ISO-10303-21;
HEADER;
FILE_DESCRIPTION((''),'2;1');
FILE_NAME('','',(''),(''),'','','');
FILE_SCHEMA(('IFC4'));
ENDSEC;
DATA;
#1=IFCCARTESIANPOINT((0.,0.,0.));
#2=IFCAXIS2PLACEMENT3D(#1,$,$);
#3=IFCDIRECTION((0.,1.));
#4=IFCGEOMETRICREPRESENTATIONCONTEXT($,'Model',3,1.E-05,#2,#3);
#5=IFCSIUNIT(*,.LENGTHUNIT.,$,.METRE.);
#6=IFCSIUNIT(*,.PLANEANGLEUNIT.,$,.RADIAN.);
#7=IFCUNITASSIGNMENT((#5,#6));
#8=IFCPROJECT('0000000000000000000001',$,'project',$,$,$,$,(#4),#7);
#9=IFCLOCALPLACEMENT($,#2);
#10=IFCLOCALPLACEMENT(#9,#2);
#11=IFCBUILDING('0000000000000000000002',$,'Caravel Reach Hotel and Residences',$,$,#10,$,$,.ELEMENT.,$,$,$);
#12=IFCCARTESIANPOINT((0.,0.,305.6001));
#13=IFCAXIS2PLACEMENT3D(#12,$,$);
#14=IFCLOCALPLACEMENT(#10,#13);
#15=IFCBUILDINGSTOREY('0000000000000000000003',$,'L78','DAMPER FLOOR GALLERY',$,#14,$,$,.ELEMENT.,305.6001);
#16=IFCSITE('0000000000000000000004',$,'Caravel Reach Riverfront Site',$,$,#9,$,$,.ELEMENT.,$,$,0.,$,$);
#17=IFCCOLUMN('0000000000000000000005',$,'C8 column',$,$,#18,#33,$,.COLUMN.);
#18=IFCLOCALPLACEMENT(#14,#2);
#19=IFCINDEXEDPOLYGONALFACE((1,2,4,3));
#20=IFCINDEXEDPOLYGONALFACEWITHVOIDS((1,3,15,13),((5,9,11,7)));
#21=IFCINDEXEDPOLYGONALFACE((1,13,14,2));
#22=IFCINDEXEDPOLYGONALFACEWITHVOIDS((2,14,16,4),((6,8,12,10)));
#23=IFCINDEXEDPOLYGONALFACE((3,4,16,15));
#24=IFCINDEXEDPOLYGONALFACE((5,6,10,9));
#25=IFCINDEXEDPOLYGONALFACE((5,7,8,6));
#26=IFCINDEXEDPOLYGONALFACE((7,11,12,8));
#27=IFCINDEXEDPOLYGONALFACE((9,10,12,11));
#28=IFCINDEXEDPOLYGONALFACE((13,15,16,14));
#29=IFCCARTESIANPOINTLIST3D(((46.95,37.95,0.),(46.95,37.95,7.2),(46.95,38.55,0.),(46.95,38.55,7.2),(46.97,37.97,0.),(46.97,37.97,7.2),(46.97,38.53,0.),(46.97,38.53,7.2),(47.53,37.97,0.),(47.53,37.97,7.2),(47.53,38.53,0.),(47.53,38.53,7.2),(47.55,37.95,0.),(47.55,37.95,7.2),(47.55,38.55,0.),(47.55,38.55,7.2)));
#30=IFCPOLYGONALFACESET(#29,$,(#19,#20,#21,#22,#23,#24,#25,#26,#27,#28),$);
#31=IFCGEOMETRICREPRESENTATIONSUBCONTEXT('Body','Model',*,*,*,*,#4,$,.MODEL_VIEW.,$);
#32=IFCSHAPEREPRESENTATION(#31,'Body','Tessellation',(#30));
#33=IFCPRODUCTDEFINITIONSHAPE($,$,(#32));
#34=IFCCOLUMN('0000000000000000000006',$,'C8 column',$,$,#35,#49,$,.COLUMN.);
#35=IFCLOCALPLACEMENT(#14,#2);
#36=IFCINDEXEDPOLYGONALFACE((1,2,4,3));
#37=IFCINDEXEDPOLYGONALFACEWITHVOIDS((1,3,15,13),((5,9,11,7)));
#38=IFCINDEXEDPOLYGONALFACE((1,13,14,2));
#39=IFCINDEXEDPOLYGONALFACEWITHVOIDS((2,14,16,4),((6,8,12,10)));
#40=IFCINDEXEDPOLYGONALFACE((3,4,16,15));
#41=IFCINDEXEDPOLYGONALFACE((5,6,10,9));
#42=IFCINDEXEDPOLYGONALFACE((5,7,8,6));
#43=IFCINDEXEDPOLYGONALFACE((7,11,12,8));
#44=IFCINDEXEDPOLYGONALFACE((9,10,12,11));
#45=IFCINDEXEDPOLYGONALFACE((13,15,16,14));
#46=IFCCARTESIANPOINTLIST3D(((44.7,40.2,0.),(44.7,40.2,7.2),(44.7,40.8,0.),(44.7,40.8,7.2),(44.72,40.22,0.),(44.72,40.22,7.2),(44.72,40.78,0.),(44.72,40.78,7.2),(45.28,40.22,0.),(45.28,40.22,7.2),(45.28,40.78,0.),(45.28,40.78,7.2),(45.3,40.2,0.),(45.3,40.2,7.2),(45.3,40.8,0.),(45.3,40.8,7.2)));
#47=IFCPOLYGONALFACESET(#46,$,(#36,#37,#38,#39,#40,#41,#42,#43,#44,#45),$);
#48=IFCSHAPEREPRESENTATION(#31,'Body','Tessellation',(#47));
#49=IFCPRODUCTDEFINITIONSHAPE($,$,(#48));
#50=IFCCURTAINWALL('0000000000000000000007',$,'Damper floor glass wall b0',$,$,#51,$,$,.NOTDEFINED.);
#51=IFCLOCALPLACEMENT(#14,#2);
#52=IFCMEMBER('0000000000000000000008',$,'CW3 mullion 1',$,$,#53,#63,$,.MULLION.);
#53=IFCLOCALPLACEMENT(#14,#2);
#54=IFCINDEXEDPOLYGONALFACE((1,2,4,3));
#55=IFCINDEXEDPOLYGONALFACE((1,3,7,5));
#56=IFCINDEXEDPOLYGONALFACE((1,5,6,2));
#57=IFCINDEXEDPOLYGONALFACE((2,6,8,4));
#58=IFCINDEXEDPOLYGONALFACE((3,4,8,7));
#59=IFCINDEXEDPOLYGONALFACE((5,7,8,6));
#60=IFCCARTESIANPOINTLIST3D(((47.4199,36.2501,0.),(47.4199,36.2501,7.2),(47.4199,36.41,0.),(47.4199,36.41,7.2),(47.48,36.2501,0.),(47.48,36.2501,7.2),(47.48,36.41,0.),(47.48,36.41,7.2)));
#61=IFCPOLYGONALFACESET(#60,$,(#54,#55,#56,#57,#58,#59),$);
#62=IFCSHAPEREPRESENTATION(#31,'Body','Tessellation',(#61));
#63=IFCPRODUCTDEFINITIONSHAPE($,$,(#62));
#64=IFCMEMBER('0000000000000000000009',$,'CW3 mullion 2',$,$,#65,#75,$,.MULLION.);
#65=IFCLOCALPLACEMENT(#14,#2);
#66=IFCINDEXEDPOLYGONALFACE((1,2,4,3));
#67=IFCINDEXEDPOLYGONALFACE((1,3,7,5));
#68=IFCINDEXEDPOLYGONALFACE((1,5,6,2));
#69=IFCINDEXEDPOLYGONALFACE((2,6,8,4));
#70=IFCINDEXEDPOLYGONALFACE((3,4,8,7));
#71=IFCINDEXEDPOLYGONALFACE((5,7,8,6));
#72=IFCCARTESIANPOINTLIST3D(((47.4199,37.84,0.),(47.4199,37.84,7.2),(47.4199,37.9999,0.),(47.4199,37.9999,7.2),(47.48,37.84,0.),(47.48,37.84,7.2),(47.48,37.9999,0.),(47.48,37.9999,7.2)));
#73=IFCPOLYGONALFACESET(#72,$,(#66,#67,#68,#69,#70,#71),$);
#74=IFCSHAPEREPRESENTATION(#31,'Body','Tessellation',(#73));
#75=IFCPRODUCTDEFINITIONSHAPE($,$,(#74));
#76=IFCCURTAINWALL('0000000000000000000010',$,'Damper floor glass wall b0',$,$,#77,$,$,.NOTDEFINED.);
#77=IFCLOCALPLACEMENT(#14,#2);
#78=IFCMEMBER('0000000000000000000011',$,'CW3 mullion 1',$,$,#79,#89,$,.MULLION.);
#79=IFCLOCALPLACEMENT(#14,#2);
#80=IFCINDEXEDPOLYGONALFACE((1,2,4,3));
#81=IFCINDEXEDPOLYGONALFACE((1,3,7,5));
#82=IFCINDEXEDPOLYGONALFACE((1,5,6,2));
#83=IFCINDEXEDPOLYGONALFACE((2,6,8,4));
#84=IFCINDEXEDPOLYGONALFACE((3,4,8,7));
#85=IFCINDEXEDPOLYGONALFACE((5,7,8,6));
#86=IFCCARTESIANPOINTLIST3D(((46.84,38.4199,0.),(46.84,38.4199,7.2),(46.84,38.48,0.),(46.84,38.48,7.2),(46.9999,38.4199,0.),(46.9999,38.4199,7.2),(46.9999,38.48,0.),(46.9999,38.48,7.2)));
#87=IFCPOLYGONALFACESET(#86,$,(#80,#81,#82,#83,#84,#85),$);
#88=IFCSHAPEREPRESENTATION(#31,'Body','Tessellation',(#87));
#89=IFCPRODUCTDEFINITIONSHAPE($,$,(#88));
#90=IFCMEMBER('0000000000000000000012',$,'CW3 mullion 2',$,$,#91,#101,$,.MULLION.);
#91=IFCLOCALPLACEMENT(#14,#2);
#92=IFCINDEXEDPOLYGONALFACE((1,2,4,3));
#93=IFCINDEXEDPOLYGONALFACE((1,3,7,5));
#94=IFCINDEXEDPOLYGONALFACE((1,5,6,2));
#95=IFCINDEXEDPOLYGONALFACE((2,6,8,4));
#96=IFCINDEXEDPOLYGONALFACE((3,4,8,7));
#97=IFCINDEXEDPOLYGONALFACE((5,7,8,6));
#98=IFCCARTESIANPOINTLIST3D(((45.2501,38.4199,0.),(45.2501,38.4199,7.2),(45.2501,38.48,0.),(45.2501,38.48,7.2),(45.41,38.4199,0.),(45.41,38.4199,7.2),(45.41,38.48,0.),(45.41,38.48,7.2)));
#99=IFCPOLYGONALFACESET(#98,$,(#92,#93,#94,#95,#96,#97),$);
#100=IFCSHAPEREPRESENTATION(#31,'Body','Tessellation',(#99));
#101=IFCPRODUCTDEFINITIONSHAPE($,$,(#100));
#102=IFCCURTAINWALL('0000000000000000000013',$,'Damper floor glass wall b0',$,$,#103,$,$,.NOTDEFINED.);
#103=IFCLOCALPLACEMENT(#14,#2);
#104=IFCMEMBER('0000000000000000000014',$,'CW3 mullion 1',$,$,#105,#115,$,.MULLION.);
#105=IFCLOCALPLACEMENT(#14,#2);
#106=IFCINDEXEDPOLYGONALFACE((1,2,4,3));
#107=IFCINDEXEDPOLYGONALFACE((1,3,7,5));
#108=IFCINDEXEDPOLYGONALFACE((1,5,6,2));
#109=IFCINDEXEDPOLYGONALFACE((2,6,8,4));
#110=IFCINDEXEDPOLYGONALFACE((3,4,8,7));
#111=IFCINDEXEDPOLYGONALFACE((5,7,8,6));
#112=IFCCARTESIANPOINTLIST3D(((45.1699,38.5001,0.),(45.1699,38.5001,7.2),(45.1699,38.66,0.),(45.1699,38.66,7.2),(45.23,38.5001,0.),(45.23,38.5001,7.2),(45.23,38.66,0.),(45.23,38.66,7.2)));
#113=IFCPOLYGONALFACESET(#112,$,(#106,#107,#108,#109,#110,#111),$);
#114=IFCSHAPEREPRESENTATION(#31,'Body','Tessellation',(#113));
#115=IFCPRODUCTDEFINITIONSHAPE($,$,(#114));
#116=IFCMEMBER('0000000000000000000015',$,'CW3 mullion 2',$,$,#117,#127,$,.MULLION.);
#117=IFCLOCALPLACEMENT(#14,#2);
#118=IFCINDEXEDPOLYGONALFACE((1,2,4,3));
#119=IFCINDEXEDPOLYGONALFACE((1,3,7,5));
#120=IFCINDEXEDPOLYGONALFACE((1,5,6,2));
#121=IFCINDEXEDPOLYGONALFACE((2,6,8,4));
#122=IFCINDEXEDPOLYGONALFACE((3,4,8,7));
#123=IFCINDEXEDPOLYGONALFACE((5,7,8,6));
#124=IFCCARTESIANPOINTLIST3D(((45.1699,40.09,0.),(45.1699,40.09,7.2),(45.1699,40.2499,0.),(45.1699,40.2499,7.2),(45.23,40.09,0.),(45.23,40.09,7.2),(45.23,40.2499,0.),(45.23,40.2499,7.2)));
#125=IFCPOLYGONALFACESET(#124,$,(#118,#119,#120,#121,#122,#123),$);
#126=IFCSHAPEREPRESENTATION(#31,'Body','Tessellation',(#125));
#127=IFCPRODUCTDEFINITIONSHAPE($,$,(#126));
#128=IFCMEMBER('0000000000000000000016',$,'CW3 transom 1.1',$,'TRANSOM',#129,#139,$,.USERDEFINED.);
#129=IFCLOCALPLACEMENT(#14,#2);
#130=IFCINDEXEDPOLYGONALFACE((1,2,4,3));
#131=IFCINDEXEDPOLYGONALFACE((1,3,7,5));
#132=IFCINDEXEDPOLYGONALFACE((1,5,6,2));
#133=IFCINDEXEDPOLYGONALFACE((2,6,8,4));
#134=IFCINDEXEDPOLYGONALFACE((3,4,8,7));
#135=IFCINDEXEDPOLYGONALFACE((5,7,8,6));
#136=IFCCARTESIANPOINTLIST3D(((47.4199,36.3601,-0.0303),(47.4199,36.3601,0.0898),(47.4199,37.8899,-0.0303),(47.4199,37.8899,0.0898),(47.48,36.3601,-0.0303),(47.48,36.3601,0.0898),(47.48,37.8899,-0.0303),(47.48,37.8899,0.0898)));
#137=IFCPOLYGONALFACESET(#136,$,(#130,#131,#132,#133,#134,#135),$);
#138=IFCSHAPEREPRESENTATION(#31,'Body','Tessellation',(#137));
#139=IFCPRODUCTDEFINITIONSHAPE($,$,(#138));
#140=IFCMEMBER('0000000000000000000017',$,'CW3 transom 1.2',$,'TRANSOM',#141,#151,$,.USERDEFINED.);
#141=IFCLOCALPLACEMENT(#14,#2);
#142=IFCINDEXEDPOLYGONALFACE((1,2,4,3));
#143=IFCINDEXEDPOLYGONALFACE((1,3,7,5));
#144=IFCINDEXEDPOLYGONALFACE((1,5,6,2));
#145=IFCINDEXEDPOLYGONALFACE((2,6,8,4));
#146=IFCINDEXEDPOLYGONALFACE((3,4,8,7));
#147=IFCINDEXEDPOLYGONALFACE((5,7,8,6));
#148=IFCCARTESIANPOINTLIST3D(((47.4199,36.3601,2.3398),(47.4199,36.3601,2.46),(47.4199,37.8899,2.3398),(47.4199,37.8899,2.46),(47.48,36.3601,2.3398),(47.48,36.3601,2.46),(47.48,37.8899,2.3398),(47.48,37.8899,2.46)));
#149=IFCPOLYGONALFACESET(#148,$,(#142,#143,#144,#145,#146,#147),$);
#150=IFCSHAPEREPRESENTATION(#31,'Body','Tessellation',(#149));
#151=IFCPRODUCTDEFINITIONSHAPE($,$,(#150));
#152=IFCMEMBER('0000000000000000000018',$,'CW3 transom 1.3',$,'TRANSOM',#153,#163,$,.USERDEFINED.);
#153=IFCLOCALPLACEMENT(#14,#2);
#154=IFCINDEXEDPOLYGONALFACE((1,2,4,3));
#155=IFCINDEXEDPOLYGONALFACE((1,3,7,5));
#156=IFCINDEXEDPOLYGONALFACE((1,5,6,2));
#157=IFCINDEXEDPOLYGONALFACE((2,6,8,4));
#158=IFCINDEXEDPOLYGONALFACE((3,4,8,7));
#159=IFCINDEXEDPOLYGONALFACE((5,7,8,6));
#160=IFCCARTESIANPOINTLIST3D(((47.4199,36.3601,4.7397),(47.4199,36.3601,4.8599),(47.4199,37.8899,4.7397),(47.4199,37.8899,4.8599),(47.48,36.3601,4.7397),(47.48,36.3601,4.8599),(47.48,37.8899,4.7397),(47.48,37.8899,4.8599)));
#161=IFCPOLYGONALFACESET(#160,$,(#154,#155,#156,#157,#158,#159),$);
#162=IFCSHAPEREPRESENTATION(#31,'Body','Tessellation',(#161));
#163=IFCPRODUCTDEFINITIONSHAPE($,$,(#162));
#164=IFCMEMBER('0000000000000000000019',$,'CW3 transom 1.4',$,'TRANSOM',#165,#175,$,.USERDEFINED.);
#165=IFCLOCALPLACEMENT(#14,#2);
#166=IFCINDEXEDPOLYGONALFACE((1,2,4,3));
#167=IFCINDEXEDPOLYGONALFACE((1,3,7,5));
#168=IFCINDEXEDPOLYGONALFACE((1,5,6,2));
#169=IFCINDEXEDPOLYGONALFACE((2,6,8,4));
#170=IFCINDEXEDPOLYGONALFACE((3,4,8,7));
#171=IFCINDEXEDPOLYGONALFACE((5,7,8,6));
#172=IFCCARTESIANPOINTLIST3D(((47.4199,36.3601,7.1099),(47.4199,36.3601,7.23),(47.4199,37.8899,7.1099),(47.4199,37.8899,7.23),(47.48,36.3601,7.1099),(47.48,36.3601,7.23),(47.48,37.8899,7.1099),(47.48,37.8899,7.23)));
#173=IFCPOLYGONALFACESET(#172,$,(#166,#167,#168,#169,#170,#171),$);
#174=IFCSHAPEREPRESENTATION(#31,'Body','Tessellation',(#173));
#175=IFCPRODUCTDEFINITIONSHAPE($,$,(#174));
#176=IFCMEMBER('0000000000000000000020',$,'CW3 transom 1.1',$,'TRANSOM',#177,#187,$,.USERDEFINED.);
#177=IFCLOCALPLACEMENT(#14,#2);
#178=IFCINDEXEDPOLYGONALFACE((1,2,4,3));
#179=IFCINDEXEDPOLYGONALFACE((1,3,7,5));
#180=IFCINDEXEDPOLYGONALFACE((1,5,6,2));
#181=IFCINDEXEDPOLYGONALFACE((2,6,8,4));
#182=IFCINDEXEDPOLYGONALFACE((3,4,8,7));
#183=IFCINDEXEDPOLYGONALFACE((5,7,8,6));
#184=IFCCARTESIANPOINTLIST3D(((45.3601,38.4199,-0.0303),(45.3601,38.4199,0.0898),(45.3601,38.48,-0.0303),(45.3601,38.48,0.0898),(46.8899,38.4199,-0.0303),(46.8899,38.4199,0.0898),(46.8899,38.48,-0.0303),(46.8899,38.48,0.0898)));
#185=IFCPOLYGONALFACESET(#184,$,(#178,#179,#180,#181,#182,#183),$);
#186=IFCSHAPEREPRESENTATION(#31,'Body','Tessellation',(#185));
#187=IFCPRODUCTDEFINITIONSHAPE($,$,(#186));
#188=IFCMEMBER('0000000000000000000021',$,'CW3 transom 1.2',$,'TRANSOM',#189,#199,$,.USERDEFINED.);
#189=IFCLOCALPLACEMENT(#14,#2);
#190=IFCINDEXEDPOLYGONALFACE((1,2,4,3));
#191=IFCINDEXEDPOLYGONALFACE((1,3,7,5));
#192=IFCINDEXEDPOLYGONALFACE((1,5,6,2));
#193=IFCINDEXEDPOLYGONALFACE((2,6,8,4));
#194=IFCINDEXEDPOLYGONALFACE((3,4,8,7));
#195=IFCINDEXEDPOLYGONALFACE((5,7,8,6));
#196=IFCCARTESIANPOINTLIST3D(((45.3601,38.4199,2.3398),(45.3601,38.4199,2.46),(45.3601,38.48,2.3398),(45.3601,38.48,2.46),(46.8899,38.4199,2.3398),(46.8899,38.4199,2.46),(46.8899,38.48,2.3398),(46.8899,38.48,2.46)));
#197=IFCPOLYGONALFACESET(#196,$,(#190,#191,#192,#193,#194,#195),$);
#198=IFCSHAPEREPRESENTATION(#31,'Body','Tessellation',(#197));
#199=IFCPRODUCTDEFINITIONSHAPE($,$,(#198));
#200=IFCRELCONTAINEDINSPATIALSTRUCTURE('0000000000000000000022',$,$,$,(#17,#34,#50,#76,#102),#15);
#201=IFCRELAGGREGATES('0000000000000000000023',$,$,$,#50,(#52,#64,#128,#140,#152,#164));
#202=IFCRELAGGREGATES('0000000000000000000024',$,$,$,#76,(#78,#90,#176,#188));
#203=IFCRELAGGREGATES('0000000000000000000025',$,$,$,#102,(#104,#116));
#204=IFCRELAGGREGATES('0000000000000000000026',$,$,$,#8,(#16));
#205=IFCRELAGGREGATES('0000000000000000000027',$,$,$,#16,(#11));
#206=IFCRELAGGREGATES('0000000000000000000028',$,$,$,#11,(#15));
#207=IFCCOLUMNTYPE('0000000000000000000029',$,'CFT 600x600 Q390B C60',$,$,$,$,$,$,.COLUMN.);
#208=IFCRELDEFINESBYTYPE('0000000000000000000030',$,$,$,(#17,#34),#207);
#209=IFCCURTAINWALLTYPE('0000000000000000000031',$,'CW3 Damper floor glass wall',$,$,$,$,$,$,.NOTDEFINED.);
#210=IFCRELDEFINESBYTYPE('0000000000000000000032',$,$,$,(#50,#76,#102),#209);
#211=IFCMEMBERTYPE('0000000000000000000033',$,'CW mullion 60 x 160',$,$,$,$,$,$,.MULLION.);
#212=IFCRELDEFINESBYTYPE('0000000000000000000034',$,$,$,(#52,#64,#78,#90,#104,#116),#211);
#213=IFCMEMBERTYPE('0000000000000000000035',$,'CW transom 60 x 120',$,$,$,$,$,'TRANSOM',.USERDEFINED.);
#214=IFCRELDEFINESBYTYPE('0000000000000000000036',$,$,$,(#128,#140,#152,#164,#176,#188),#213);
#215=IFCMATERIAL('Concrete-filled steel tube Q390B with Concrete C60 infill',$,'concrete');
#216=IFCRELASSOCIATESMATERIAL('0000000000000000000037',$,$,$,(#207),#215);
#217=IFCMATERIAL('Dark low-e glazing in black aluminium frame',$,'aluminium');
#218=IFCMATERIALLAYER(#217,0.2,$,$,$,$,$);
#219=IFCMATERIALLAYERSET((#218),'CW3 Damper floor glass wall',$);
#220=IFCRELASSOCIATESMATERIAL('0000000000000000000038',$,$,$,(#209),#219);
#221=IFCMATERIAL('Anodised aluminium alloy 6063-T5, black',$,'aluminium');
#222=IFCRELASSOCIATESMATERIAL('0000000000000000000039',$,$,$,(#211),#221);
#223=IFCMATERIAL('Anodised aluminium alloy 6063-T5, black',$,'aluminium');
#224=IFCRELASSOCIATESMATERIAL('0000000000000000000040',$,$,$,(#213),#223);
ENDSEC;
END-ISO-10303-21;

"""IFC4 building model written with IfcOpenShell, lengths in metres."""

from ifc_helpers import new_model, si_unit, direction, frame, origin, origin_2d, place, context, subcontext, project, spatial, rectangle, hollow_rectangle, extrude, material, layer, layer_set, material_profile, profile_set, type_object, element, aggregate, save


model = new_model("IFC4")

# Units and contexts
model_context = context("Model", 3, precision=1e-05, world=origin(), true_north=direction((0.0, 1.0)))
body_context = subcontext(model_context, "Body", "Model", "MODEL_VIEW")
ifc_project = project(units=[si_unit("LENGTHUNIT", "METRE"), si_unit("PLANEANGLEUNIT", "RADIAN")], contexts=[model_context])

# Site, building, storey
site_placement = place(None, origin())
site = spatial("IfcSite", under=ifc_project, at=site_placement, Name="Caravel Reach Riverfront Site", CompositionType="ELEMENT", RefElevation=0.0)
building_placement = place(site_placement, origin())
building = spatial("IfcBuilding", under=site, at=building_placement, Name="Caravel Reach Hotel and Residences", CompositionType="ELEMENT")
storey_placement = place(building_placement, frame((0.0, 0.0, 305.6001)))
storey = spatial("IfcBuildingStorey", under=building, at=storey_placement, Name="L78", Description="DAMPER FLOOR GALLERY", CompositionType="ELEMENT", Elevation=305.6001)

# Columns
ifc_material_1 = material(Name="Concrete-filled steel tube Q390B with Concrete C60 infill", Category="concrete")
ifc_material_profile_1 = material_profile(ifc_material_1, hollow_rectangle(XDim=0.6001, YDim=0.6001, WallThickness=0.02, at=origin_2d()), Name="RHS 600x600x20")
ifc_profile_set_1 = profile_set([ifc_material_profile_1], Name="Concrete-filled steel tube Q390B with Concrete C60 infill")
column_type = type_object("IfcColumnType", Name="CFT 600x600 Q390B C60", PredefinedType="COLUMN", material=ifc_profile_set_1)
for number, where, z_axis, x_axis, name in (
    (1, (47.25, 38.25, 0.0), (0.0, 0.0, 1.0), (1.0, 0.0, 0.0), "C8 column"),
    (2, (45.0, 40.5, 0.0), (0.0, 0.0, 1.0), (1.0, 0.0, 0.0), "C8 column"),
):
    element("IfcColumn", number, at=place(storey_placement, frame(where, z_axis=z_axis, x_axis=x_axis)), inside=storey, type_object=column_type, Name=name, PredefinedType="COLUMN", context=body_context, shape_type="SweptSolid", body=[
        extrude(hollow_rectangle(XDim=0.6001, YDim=0.6001, WallThickness=0.02, at=origin_2d()), origin(), (0.0, 0.0, 1.0), 7.2),
    ])

# Curtain walls, members
ifc_material_2 = material(Name="Dark low-e glazing in black aluminium frame", Category="aluminium")
ifc_layer_1 = layer(ifc_material_2, 0.2)
ifc_layer_set_1 = layer_set([ifc_layer_1], Name="CW3 Damper floor glass wall")
curtain_wall_type = type_object("IfcCurtainWallType", Name="CW3 Damper floor glass wall", PredefinedType="NOTDEFINED", material=ifc_layer_set_1)
curtain_wall_1_placement = place(storey_placement, origin())
curtain_wall_1 = element("IfcCurtainWall", 3, at=curtain_wall_1_placement, inside=storey, type_object=curtain_wall_type, Name="Damper floor glass wall b0", PredefinedType="NOTDEFINED")
ifc_material_3 = material(Name="Anodised aluminium alloy 6063-T5, black", Category="aluminium")
ifc_material_profile_2 = material_profile(ifc_material_3, rectangle(XDim=0.0601, YDim=0.1599, at=origin_2d()), Name="CW mullion 60 x 160")
ifc_profile_set_2 = profile_set([ifc_material_profile_2], Name="Anodised aluminium alloy 6063-T5, black")
member_type_1 = type_object("IfcMemberType", Name="CW mullion 60 x 160", PredefinedType="MULLION", material=ifc_profile_set_2)
member_1_placement = place(storey_placement, frame((47.45, 36.3301, 0.0), z_axis=(0.0, 0.0, 1.0), x_axis=(-1.0, 0.0, 0.0)))
member_1 = element("IfcMember", 4, at=member_1_placement, type_object=member_type_1, Name="CW3 mullion 1", PredefinedType="MULLION", context=body_context, shape_type="SweptSolid", body=[
    extrude(rectangle(XDim=0.0601, YDim=0.1599, at=origin_2d()), origin(), (0.0, 0.0, 1.0), 7.2),
])
member_2_placement = place(storey_placement, frame((47.45, 37.9199, 0.0), z_axis=(0.0, 0.0, 1.0), x_axis=(-1.0, 0.0, 0.0)))
member_2 = element("IfcMember", 5, at=member_2_placement, type_object=member_type_1, Name="CW3 mullion 2", PredefinedType="MULLION", context=body_context, shape_type="SweptSolid", body=[
    extrude(rectangle(XDim=0.0601, YDim=0.1599, at=origin_2d()), origin(), (0.0, 0.0, 1.0), 7.2),
])
curtain_wall_2_placement = place(storey_placement, origin())
curtain_wall_2 = element("IfcCurtainWall", 6, at=curtain_wall_2_placement, inside=storey, type_object=curtain_wall_type, Name="Damper floor glass wall b0", PredefinedType="NOTDEFINED")
member_3_placement = place(storey_placement, frame((46.9199, 38.45, 0.0), z_axis=(0.0, 0.0, 1.0), x_axis=(0.0, -1.0, 0.0)))
member_3 = element("IfcMember", 7, at=member_3_placement, type_object=member_type_1, Name="CW3 mullion 1", PredefinedType="MULLION", context=body_context, shape_type="SweptSolid", body=[
    extrude(rectangle(XDim=0.0601, YDim=0.1599, at=origin_2d()), origin(), (0.0, 0.0, 1.0), 7.2),
])
member_4_placement = place(storey_placement, frame((45.3301, 38.45, 0.0), z_axis=(0.0, 0.0, 1.0), x_axis=(0.0, -1.0, 0.0)))
member_4 = element("IfcMember", 8, at=member_4_placement, type_object=member_type_1, Name="CW3 mullion 2", PredefinedType="MULLION", context=body_context, shape_type="SweptSolid", body=[
    extrude(rectangle(XDim=0.0601, YDim=0.1599, at=origin_2d()), origin(), (0.0, 0.0, 1.0), 7.2),
])
curtain_wall_3_placement = place(storey_placement, origin())
curtain_wall_3 = element("IfcCurtainWall", 9, at=curtain_wall_3_placement, inside=storey, type_object=curtain_wall_type, Name="Damper floor glass wall b0", PredefinedType="NOTDEFINED")
member_5_placement = place(storey_placement, frame((45.2, 38.5801, 0.0), z_axis=(0.0, 0.0, 1.0), x_axis=(-1.0, 0.0, 0.0)))
member_5 = element("IfcMember", 10, at=member_5_placement, type_object=member_type_1, Name="CW3 mullion 1", PredefinedType="MULLION", context=body_context, shape_type="SweptSolid", body=[
    extrude(rectangle(XDim=0.0601, YDim=0.1599, at=origin_2d()), origin(), (0.0, 0.0, 1.0), 7.2),
])
member_6_placement = place(storey_placement, frame((45.2, 40.1699, 0.0), z_axis=(0.0, 0.0, 1.0), x_axis=(-1.0, 0.0, 0.0)))
member_6 = element("IfcMember", 11, at=member_6_placement, type_object=member_type_1, Name="CW3 mullion 2", PredefinedType="MULLION", context=body_context, shape_type="SweptSolid", body=[
    extrude(rectangle(XDim=0.0601, YDim=0.1599, at=origin_2d()), origin(), (0.0, 0.0, 1.0), 7.2),
])

# Members
ifc_material_4 = material(Name="Anodised aluminium alloy 6063-T5, black", Category="aluminium")
ifc_material_profile_3 = material_profile(ifc_material_4, rectangle(XDim=0.0601, YDim=0.1201, at=origin_2d()), Name="CW transom 60 x 120")
ifc_profile_set_3 = profile_set([ifc_material_profile_3], Name="Anodised aluminium alloy 6063-T5, black")
member_type_2 = type_object("IfcMemberType", Name="CW transom 60 x 120", ElementType="TRANSOM", PredefinedType="USERDEFINED", material=ifc_profile_set_3)
member_7_placement = place(storey_placement, frame((47.45, 36.3601, 0.0298), z_axis=(0.0, 1.0, 0.0), x_axis=(-1.0, 0.0, 0.0)))
member_7 = element("IfcMember", 12, at=member_7_placement, type_object=member_type_2, Name="CW3 transom 1.1", ObjectType="TRANSOM", PredefinedType="USERDEFINED", context=body_context, shape_type="SweptSolid", body=[
    extrude(rectangle(XDim=0.0601, YDim=0.1201, at=origin_2d()), origin(), (0.0, 0.0, 1.0), 1.5298),
])
member_8_placement = place(storey_placement, frame((47.45, 36.3601, 2.3999), z_axis=(0.0, 1.0, 0.0), x_axis=(-1.0, 0.0, 0.0)))
member_8 = element("IfcMember", 13, at=member_8_placement, type_object=member_type_2, Name="CW3 transom 1.2", ObjectType="TRANSOM", PredefinedType="USERDEFINED", context=body_context, shape_type="SweptSolid", body=[
    extrude(rectangle(XDim=0.0601, YDim=0.1201, at=origin_2d()), origin(), (0.0, 0.0, 1.0), 1.5298),
])
member_9_placement = place(storey_placement, frame((47.45, 36.3601, 4.7998), z_axis=(0.0, 1.0, 0.0), x_axis=(-1.0, 0.0, 0.0)))
member_9 = element("IfcMember", 14, at=member_9_placement, type_object=member_type_2, Name="CW3 transom 1.3", ObjectType="TRANSOM", PredefinedType="USERDEFINED", context=body_context, shape_type="SweptSolid", body=[
    extrude(rectangle(XDim=0.0601, YDim=0.1201, at=origin_2d()), origin(), (0.0, 0.0, 1.0), 1.5298),
])
member_10_placement = place(storey_placement, frame((47.45, 36.3601, 7.1699), z_axis=(0.0, 1.0, 0.0), x_axis=(-1.0, 0.0, 0.0)))
member_10 = element("IfcMember", 15, at=member_10_placement, type_object=member_type_2, Name="CW3 transom 1.4", ObjectType="TRANSOM", PredefinedType="USERDEFINED", context=body_context, shape_type="SweptSolid", body=[
    extrude(rectangle(XDim=0.0601, YDim=0.1201, at=origin_2d()), origin(), (0.0, 0.0, 1.0), 1.5298),
])
member_11_placement = place(storey_placement, frame((46.8899, 38.45, 0.0298), z_axis=(-1.0, 0.0, 0.0), x_axis=(0.0, -1.0, 0.0)))
member_11 = element("IfcMember", 16, at=member_11_placement, type_object=member_type_2, Name="CW3 transom 1.1", ObjectType="TRANSOM", PredefinedType="USERDEFINED", context=body_context, shape_type="SweptSolid", body=[
    extrude(rectangle(XDim=0.0601, YDim=0.1201, at=origin_2d()), origin(), (0.0, 0.0, 1.0), 1.5298),
])
member_12_placement = place(storey_placement, frame((46.8899, 38.45, 2.3999), z_axis=(-1.0, 0.0, 0.0), x_axis=(0.0, -1.0, 0.0)))
member_12 = element("IfcMember", 17, at=member_12_placement, type_object=member_type_2, Name="CW3 transom 1.2", ObjectType="TRANSOM", PredefinedType="USERDEFINED", context=body_context, shape_type="SweptSolid", body=[
    extrude(rectangle(XDim=0.0601, YDim=0.1201, at=origin_2d()), origin(), (0.0, 0.0, 1.0), 1.5298),
])

aggregate(curtain_wall_1, [member_1, member_2, member_7, member_8, member_9, member_10])
aggregate(curtain_wall_2, [member_3, member_4, member_11, member_12])
aggregate(curtain_wall_3, [member_5, member_6])

save(model, "model.ifc")
